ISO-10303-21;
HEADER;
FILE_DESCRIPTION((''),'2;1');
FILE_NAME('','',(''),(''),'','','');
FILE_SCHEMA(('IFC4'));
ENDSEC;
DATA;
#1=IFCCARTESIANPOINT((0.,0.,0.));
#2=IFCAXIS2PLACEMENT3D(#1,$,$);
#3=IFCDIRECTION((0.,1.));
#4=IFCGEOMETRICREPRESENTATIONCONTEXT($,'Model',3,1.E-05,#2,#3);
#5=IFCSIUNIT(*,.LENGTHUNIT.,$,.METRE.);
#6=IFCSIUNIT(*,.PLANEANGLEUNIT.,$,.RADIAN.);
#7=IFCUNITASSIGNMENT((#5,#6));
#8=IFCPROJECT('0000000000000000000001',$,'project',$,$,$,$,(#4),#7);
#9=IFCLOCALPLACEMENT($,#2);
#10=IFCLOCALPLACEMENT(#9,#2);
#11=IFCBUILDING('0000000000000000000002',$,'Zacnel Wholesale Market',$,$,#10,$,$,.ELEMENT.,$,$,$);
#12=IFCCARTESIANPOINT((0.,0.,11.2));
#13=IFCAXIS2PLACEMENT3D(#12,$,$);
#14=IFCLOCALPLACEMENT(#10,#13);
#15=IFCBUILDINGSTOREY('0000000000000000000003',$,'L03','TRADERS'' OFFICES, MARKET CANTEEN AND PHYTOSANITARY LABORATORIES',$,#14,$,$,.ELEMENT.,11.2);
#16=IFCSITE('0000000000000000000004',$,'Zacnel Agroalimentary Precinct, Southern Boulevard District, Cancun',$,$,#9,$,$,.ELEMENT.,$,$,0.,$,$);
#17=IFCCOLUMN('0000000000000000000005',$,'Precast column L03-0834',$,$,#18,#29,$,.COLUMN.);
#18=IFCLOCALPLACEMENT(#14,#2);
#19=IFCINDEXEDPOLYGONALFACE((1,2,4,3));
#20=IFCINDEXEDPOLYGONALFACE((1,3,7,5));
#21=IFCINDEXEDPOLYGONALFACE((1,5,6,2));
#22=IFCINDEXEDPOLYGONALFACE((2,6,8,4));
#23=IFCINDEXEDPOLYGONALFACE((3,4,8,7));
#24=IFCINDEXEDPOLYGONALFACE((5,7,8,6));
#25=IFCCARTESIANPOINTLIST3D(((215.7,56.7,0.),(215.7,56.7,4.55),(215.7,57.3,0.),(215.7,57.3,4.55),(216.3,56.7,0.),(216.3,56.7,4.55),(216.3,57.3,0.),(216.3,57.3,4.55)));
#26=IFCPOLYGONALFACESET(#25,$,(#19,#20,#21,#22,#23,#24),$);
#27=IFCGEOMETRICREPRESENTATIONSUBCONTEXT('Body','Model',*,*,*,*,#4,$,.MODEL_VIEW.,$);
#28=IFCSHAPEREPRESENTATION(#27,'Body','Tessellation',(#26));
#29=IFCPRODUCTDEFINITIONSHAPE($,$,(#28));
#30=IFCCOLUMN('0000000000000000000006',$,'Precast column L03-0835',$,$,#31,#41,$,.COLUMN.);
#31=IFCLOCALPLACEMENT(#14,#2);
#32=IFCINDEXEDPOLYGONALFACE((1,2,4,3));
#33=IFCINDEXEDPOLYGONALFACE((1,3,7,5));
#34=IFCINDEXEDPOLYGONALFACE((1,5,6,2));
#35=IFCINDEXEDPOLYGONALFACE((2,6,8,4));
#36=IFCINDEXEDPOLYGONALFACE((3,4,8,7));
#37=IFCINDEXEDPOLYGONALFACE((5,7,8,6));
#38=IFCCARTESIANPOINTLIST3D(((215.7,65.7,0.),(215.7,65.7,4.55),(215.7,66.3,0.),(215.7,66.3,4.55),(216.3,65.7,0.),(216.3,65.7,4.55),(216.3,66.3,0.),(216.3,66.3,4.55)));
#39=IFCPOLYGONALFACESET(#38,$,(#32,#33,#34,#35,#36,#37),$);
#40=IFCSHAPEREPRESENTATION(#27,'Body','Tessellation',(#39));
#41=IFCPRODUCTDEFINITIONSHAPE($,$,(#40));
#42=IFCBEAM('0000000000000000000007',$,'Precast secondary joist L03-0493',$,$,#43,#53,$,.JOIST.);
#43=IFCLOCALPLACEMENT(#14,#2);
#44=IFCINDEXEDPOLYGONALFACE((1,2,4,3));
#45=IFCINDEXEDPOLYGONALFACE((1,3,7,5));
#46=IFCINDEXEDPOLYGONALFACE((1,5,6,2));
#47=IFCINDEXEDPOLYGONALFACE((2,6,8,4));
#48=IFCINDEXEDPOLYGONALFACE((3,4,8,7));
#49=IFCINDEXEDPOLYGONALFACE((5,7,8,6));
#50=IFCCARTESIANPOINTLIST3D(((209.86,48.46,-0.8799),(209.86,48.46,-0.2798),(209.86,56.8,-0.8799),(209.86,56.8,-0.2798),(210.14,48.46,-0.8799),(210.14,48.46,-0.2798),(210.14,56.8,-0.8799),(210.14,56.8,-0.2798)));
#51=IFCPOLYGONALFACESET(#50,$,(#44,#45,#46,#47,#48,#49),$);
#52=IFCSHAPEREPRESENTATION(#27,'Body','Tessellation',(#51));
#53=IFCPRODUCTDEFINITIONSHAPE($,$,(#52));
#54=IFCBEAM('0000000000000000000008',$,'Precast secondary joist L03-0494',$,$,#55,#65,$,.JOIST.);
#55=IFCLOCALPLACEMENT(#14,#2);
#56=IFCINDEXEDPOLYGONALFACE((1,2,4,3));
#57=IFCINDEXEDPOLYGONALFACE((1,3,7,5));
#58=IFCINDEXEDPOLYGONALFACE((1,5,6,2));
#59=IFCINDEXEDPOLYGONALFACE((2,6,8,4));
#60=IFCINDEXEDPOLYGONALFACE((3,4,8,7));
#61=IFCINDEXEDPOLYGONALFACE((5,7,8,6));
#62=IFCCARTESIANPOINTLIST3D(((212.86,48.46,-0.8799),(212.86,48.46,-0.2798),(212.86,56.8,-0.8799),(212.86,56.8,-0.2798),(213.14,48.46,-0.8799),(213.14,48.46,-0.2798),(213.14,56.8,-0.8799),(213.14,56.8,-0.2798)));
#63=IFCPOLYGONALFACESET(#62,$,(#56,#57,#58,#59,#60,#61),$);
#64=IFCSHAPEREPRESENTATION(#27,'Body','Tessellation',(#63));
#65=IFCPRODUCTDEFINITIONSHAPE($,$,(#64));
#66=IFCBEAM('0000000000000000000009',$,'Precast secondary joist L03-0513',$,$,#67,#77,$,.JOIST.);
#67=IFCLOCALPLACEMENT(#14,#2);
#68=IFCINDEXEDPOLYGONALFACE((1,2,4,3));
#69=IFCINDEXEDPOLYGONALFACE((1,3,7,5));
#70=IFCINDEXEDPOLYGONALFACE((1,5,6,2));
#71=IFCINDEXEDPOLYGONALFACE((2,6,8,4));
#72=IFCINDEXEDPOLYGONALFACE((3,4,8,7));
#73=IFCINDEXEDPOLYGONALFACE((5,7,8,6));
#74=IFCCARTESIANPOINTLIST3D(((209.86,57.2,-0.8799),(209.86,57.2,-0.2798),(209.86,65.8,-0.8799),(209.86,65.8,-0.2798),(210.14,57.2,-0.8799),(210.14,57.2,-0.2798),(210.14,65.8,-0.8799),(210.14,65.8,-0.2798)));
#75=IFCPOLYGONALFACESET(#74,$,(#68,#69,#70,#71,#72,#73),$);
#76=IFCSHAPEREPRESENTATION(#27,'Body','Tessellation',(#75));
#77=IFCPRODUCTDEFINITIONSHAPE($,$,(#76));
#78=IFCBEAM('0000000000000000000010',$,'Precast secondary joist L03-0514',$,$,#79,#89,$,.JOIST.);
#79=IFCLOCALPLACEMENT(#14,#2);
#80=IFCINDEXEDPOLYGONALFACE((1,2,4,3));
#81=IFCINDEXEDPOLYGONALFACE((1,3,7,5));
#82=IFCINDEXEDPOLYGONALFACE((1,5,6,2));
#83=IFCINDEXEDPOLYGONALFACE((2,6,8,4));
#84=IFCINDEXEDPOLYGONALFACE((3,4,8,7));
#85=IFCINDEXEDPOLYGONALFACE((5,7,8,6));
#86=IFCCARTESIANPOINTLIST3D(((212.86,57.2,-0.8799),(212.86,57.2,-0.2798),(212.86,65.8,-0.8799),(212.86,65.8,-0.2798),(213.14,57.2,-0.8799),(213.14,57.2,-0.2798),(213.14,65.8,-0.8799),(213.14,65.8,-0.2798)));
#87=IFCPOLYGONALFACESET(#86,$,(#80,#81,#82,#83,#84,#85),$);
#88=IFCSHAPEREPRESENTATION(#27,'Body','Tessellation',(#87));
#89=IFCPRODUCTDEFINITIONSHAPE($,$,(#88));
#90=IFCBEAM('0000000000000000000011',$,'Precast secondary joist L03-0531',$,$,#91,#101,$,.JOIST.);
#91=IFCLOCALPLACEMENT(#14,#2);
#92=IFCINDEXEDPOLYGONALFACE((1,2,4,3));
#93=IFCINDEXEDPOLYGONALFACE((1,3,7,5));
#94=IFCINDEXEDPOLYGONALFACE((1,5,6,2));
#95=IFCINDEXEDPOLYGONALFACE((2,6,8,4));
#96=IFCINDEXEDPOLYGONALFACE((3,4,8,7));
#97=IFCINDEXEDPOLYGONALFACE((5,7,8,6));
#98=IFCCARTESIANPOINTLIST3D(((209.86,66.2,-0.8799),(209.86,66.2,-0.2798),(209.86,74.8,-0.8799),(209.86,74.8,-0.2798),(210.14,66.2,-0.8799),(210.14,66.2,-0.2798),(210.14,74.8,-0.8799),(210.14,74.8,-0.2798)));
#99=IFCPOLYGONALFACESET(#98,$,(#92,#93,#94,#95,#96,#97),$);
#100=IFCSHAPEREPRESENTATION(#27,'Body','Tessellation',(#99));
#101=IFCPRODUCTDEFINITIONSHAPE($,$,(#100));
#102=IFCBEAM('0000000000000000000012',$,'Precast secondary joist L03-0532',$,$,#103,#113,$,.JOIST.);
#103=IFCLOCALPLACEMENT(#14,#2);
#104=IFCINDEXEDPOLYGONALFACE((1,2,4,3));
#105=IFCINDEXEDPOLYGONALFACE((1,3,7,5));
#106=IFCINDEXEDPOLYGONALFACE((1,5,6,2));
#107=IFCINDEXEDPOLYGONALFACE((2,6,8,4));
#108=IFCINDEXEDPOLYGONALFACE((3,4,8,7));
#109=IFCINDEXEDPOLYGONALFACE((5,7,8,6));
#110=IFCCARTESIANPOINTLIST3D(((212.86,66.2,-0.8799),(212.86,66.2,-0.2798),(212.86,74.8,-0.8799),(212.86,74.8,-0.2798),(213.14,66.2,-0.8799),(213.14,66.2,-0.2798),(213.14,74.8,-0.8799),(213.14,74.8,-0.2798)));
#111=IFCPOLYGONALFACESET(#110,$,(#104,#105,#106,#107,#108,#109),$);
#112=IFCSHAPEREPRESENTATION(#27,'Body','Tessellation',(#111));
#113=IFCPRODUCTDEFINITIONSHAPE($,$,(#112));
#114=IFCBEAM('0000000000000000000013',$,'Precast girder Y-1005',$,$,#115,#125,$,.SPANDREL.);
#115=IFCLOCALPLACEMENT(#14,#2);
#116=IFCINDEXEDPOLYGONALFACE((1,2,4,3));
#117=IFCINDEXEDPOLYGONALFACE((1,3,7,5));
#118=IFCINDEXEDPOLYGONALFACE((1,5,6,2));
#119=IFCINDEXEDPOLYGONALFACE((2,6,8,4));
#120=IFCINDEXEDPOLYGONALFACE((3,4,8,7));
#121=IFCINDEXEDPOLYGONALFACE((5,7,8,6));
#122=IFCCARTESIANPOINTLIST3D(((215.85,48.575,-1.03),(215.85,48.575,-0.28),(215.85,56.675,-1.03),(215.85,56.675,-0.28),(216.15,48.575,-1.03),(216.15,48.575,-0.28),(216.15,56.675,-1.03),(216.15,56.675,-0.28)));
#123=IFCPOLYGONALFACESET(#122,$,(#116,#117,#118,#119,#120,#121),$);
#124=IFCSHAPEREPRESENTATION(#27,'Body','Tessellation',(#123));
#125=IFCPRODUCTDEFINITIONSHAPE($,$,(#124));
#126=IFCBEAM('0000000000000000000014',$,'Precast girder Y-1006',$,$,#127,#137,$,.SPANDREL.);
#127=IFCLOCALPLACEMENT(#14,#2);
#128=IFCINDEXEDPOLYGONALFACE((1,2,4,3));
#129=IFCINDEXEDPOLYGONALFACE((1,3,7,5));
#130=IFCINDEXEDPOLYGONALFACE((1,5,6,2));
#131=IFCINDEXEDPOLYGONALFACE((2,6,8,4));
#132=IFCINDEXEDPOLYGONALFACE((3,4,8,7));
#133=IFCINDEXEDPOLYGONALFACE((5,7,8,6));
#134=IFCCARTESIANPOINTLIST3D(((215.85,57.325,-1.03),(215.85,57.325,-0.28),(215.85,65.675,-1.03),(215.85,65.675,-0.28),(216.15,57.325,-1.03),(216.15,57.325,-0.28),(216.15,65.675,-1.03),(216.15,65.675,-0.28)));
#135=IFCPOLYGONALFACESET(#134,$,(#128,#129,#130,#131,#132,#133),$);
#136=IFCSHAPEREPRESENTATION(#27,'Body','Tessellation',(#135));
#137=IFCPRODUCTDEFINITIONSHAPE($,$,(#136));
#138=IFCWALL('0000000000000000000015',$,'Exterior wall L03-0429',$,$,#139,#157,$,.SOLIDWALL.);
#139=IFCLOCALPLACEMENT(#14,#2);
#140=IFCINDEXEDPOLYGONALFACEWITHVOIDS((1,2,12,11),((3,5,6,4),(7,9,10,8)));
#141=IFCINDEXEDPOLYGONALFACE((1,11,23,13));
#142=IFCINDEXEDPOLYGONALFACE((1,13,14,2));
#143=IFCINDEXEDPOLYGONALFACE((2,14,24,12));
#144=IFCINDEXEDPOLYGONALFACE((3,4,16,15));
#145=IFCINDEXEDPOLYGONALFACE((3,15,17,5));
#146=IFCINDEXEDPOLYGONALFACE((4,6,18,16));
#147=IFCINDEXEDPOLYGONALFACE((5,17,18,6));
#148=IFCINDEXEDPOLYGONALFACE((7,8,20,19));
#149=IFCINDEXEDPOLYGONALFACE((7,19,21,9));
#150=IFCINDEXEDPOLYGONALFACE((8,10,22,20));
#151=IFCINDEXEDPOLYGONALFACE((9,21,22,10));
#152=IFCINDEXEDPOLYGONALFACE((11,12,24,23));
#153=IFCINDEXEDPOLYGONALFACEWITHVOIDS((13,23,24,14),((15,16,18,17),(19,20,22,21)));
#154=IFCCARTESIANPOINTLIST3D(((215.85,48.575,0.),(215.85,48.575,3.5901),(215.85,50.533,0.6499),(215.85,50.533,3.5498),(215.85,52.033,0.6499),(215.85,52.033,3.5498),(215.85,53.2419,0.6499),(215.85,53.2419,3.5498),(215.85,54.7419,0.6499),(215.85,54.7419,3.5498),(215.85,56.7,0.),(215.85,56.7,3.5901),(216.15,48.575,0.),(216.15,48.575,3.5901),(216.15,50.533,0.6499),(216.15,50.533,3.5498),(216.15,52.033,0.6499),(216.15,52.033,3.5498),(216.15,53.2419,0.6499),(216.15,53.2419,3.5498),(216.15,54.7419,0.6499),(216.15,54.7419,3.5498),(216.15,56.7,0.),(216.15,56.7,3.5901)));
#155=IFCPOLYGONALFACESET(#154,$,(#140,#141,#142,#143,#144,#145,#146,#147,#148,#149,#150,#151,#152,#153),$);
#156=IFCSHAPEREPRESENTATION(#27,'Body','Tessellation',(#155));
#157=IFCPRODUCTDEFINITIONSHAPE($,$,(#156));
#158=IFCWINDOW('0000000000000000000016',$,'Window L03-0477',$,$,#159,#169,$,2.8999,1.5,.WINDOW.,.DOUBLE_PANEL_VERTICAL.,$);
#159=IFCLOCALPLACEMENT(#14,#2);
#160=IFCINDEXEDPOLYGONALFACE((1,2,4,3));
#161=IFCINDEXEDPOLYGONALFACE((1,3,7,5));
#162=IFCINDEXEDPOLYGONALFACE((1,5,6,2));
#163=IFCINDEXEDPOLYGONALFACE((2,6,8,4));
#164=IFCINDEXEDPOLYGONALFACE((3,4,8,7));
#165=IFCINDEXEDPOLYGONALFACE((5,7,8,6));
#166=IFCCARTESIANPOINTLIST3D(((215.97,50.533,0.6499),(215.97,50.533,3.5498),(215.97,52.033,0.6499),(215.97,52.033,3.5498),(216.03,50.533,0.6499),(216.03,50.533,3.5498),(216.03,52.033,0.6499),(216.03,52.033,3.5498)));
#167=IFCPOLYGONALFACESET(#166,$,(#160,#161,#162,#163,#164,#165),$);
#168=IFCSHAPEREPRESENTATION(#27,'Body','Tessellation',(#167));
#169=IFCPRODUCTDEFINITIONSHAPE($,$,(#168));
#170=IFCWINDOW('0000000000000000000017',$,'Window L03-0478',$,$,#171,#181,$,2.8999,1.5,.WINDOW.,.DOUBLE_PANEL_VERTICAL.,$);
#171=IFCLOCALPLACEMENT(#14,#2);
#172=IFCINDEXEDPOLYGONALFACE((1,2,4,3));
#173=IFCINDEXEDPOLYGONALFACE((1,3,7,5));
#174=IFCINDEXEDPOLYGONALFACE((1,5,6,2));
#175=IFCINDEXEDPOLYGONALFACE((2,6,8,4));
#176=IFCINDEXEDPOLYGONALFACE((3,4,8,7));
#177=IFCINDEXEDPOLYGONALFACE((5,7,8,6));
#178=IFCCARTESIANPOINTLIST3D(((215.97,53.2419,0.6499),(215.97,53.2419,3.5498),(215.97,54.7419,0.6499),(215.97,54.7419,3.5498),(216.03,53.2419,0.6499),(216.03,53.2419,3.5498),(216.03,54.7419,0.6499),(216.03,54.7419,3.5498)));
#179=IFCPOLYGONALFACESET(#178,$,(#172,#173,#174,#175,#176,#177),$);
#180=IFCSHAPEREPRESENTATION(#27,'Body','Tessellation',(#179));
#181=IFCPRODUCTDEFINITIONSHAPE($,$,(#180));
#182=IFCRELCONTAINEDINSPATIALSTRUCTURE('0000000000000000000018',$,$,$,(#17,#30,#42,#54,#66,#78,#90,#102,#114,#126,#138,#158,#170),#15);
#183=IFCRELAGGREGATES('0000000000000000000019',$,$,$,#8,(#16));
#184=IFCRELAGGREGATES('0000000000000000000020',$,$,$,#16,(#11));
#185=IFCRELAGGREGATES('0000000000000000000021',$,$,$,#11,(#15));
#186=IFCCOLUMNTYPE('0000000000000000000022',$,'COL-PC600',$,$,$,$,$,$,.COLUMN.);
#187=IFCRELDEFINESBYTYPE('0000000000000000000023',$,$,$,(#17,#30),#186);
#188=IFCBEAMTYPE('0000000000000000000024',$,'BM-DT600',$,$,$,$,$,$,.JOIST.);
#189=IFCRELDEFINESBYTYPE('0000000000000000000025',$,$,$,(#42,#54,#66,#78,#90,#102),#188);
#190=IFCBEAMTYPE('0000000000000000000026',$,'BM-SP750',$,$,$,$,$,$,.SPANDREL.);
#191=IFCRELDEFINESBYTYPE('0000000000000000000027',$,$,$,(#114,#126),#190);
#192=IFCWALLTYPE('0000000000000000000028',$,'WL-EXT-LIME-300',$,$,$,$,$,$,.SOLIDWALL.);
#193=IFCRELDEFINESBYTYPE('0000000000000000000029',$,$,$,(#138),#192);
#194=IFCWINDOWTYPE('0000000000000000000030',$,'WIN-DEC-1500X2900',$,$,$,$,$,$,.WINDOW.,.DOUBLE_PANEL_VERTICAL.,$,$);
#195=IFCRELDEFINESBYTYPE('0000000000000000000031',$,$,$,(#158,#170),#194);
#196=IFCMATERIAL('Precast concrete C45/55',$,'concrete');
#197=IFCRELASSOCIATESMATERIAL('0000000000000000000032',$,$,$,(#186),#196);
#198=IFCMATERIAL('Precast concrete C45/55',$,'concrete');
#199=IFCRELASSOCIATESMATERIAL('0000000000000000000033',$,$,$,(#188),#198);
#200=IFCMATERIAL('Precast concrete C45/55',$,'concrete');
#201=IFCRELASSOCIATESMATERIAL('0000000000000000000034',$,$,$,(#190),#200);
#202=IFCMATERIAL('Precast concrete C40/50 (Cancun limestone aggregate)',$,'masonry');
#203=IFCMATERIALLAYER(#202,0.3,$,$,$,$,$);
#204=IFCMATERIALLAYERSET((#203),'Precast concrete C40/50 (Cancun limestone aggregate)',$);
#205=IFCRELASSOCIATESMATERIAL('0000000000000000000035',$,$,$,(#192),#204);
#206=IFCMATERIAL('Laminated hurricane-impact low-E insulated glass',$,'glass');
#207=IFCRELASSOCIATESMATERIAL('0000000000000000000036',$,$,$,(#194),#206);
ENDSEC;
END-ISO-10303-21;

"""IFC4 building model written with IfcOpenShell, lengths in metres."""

from ifc_helpers import new_model, si_unit, direction, frame, frame_2d, origin, origin_2d, place, context, subcontext, project, spatial, rectangle, extrude, material, layer, layer_set, material_profile, profile_set, type_object, element, fill, save


model = new_model("IFC4")

# Units and contexts
model_context = context("Model", 3, precision=1e-05, world=origin(), true_north=direction((0.0, 1.0)))
body_context = subcontext(model_context, "Body", "Model", "MODEL_VIEW")
ifc_project = project(units=[si_unit("LENGTHUNIT", "METRE"), si_unit("PLANEANGLEUNIT", "RADIAN")], contexts=[model_context])

# Site, building, storey
site_placement = place(None, origin())
site = spatial("IfcSite", under=ifc_project, at=site_placement, Name="Zacnel Agroalimentary Precinct, Southern Boulevard District, Cancun", CompositionType="ELEMENT", RefElevation=0.0)
building_placement = place(site_placement, origin())
building = spatial("IfcBuilding", under=site, at=building_placement, Name="Zacnel Wholesale Market", CompositionType="ELEMENT")
storey_placement = place(building_placement, frame((0.0, 0.0, 11.2)))
storey = spatial("IfcBuildingStorey", under=building, at=storey_placement, Name="L03", Description="TRADERS' OFFICES, MARKET CANTEEN AND PHYTOSANITARY LABORATORIES", CompositionType="ELEMENT", Elevation=11.2)

# Columns
ifc_material_1 = material(Name="Precast concrete C45/55", Category="concrete")
ifc_material_profile_1 = material_profile(ifc_material_1, rectangle(XDim=0.6001, YDim=0.6001, at=origin_2d()), Name="PC 600x600")
ifc_profile_set_1 = profile_set([ifc_material_profile_1], Name="Precast concrete C45/55")
column_type = type_object("IfcColumnType", Name="COL-PC600", PredefinedType="COLUMN", material=ifc_profile_set_1)
for number, where, z_axis, x_axis, name in (
    (1, (216.0, 57.0, 0.0), (0.0, 0.0, 1.0), (1.0, 0.0, 0.0), "Precast column L03-0834"),
    (2, (216.0, 66.0, 0.0), (0.0, 0.0, 1.0), (1.0, 0.0, 0.0), "Precast column L03-0835"),
):
    element("IfcColumn", number, at=place(storey_placement, frame(where, z_axis=z_axis, x_axis=x_axis)), inside=storey, type_object=column_type, Name=name, PredefinedType="COLUMN", context=body_context, shape_type="SweptSolid", body=[
        extrude(rectangle(XDim=0.6001, YDim=0.6001, at=origin_2d()), origin(), (0.0, 0.0, 1.0), 4.55),
    ])

# Beams
ifc_material_2 = material(Name="Precast concrete C45/55", Category="concrete")
ifc_material_profile_2 = material_profile(ifc_material_2, rectangle(XDim=0.28, YDim=0.6001, at=origin_2d()), Name="DT RIB 280x600")
ifc_profile_set_2 = profile_set([ifc_material_profile_2], Name="Precast concrete C45/55")
beam_type_1 = type_object("IfcBeamType", Name="BM-DT600", PredefinedType="JOIST", material=ifc_profile_set_2)
for number, where, z_axis, x_axis, name in (
    (3, (210.0, 48.46, -0.5798), (0.0, 1.0, 0.0), (-1.0, 0.0, 0.0), "Precast secondary joist L03-0493"),
    (4, (213.0, 48.46, -0.5798), (0.0, 1.0, 0.0), (-1.0, 0.0, 0.0), "Precast secondary joist L03-0494"),
):
    element("IfcBeam", number, at=place(storey_placement, frame(where, z_axis=z_axis, x_axis=x_axis)), inside=storey, type_object=beam_type_1, Name=name, PredefinedType="JOIST", context=body_context, shape_type="SweptSolid", body=[
        extrude(rectangle(XDim=0.28, YDim=0.6001, at=origin_2d()), origin(), (0.0, 0.0, 1.0), 8.3401),
    ])
for number, where, z_axis, x_axis, name in (
    (5, (210.0, 57.2, -0.5798), (0.0, 1.0, 0.0), (-1.0, 0.0, 0.0), "Precast secondary joist L03-0513"),
    (6, (213.0, 57.2, -0.5798), (0.0, 1.0, 0.0), (-1.0, 0.0, 0.0), "Precast secondary joist L03-0514"),
    (7, (210.0, 66.2, -0.5798), (0.0, 1.0, 0.0), (-1.0, 0.0, 0.0), "Precast secondary joist L03-0531"),
    (8, (213.0, 66.2, -0.5798), (0.0, 1.0, 0.0), (-1.0, 0.0, 0.0), "Precast secondary joist L03-0532"),
):
    element("IfcBeam", number, at=place(storey_placement, frame(where, z_axis=z_axis, x_axis=x_axis)), inside=storey, type_object=beam_type_1, Name=name, PredefinedType="JOIST", context=body_context, shape_type="SweptSolid", body=[
        extrude(rectangle(XDim=0.28, YDim=0.6001, at=origin_2d()), origin(), (0.0, 0.0, 1.0), 8.6001),
    ])
ifc_material_3 = material(Name="Precast concrete C45/55", Category="concrete")
ifc_material_profile_3 = material_profile(ifc_material_3, rectangle(XDim=0.3, YDim=0.75, at=origin_2d()), Name="SP 300x750")
ifc_profile_set_3 = profile_set([ifc_material_profile_3], Name="Precast concrete C45/55")
beam_type_2 = type_object("IfcBeamType", Name="BM-SP750", PredefinedType="SPANDREL", material=ifc_profile_set_3)
beam_1_placement = place(storey_placement, frame((216.0, 48.575, -0.655), z_axis=(0.0, 1.0, 0.0), x_axis=(-1.0, 0.0, 0.0)))
element("IfcBeam", 9, at=beam_1_placement, inside=storey, type_object=beam_type_2, Name="Precast girder Y-1005", PredefinedType="SPANDREL", context=body_context, shape_type="SweptSolid", body=[
    extrude(rectangle(XDim=0.3, YDim=0.75, at=origin_2d()), origin(), (0.0, 0.0, 1.0), 8.1001),
])
beam_2_placement = place(storey_placement, frame((216.0, 57.325, -0.655), z_axis=(0.0, 1.0, 0.0), x_axis=(-1.0, 0.0, 0.0)))
element("IfcBeam", 10, at=beam_2_placement, inside=storey, type_object=beam_type_2, Name="Precast girder Y-1006", PredefinedType="SPANDREL", context=body_context, shape_type="SweptSolid", body=[
    extrude(rectangle(XDim=0.3, YDim=0.75, at=origin_2d()), origin(), (0.0, 0.0, 1.0), 8.3501),
])

# Wall, openings, windows
ifc_material_4 = material(Name="Precast concrete C40/50 (Cancun limestone aggregate)", Category="masonry")
ifc_layer_1 = layer(ifc_material_4, 0.3)
ifc_layer_set_1 = layer_set([ifc_layer_1], Name="Precast concrete C40/50 (Cancun limestone aggregate)")
wall_type = type_object("IfcWallType", Name="WL-EXT-LIME-300", PredefinedType="SOLIDWALL", material=ifc_layer_set_1)
wall_1_placement = place(storey_placement, frame((216.0, 48.575, 0.0), z_axis=(0.0, 0.0, 1.0), x_axis=(0.0, 1.0, 0.0)))
wall_1 = element("IfcWall", 11, at=wall_1_placement, inside=storey, type_object=wall_type, Name="Exterior wall L03-0429", PredefinedType="SOLIDWALL", context=body_context, shape_type="SweptSolid", body=[
    extrude(rectangle(XDim=8.125, YDim=0.3, at=frame_2d((4.0625, 0.0))), origin(), (0.0, 0.0, 1.0), 3.5901),
])
opening_1_placement = place(wall_1_placement, frame((1.958, 0.0, 0.6499)))
opening_1 = element("IfcOpeningElement", 12, at=opening_1_placement, cuts=wall_1, PredefinedType="OPENING", context=body_context, shape_type="SweptSolid", body=[
    extrude(rectangle(XDim=1.5, YDim=2.8999, at=frame_2d((0.75, 1.45))), frame((0.0, 0.1599, 0.0), z_axis=(0.0, -1.0, 0.0), x_axis=(1.0, 0.0, 0.0)), (0.0, 0.0, 1.0), 0.3201),
])
opening_2_placement = place(wall_1_placement, frame((4.667, 0.0, 0.6499)))
opening_2 = element("IfcOpeningElement", 13, at=opening_2_placement, cuts=wall_1, PredefinedType="OPENING", context=body_context, shape_type="SweptSolid", body=[
    extrude(rectangle(XDim=1.5, YDim=2.8999, at=frame_2d((0.75, 1.45))), frame((0.0, 0.1599, 0.0), z_axis=(0.0, -1.0, 0.0), x_axis=(1.0, 0.0, 0.0)), (0.0, 0.0, 1.0), 0.3201),
])
ifc_material_5 = material(Name="Laminated hurricane-impact low-E insulated glass", Category="glass")
window_type = type_object("IfcWindowType", Name="WIN-DEC-1500X2900", PartitioningType="DOUBLE_PANEL_VERTICAL", PredefinedType="WINDOW", material=ifc_material_5)
window_1_placement = place(opening_1_placement, origin())
window_1 = element("IfcWindow", 14, at=window_1_placement, inside=storey, type_object=window_type, Name="Window L03-0477", OverallHeight=2.8999, OverallWidth=1.5, PartitioningType="DOUBLE_PANEL_VERTICAL", PredefinedType="WINDOW", context=body_context, shape_type="SweptSolid", body=[
    extrude(rectangle(XDim=1.5, YDim=2.8999, at=frame_2d((0.75, 1.45))), frame((0.0, 0.03, 0.0), z_axis=(0.0, -1.0, 0.0), x_axis=(1.0, 0.0, 0.0)), (0.0, 0.0, 1.0), 0.0601),
])
fill(opening_1, window_1)
window_2_placement = place(opening_2_placement, origin())
window_2 = element("IfcWindow", 15, at=window_2_placement, inside=storey, type_object=window_type, Name="Window L03-0478", OverallHeight=2.8999, OverallWidth=1.5, PartitioningType="DOUBLE_PANEL_VERTICAL", PredefinedType="WINDOW", context=body_context, shape_type="SweptSolid", body=[
    extrude(rectangle(XDim=1.5, YDim=2.8999, at=frame_2d((0.75, 1.45))), frame((0.0, 0.03, 0.0), z_axis=(0.0, -1.0, 0.0), x_axis=(1.0, 0.0, 0.0)), (0.0, 0.0, 1.0), 0.0601),
])
fill(opening_2, window_2)

save(model, "model.ifc")
